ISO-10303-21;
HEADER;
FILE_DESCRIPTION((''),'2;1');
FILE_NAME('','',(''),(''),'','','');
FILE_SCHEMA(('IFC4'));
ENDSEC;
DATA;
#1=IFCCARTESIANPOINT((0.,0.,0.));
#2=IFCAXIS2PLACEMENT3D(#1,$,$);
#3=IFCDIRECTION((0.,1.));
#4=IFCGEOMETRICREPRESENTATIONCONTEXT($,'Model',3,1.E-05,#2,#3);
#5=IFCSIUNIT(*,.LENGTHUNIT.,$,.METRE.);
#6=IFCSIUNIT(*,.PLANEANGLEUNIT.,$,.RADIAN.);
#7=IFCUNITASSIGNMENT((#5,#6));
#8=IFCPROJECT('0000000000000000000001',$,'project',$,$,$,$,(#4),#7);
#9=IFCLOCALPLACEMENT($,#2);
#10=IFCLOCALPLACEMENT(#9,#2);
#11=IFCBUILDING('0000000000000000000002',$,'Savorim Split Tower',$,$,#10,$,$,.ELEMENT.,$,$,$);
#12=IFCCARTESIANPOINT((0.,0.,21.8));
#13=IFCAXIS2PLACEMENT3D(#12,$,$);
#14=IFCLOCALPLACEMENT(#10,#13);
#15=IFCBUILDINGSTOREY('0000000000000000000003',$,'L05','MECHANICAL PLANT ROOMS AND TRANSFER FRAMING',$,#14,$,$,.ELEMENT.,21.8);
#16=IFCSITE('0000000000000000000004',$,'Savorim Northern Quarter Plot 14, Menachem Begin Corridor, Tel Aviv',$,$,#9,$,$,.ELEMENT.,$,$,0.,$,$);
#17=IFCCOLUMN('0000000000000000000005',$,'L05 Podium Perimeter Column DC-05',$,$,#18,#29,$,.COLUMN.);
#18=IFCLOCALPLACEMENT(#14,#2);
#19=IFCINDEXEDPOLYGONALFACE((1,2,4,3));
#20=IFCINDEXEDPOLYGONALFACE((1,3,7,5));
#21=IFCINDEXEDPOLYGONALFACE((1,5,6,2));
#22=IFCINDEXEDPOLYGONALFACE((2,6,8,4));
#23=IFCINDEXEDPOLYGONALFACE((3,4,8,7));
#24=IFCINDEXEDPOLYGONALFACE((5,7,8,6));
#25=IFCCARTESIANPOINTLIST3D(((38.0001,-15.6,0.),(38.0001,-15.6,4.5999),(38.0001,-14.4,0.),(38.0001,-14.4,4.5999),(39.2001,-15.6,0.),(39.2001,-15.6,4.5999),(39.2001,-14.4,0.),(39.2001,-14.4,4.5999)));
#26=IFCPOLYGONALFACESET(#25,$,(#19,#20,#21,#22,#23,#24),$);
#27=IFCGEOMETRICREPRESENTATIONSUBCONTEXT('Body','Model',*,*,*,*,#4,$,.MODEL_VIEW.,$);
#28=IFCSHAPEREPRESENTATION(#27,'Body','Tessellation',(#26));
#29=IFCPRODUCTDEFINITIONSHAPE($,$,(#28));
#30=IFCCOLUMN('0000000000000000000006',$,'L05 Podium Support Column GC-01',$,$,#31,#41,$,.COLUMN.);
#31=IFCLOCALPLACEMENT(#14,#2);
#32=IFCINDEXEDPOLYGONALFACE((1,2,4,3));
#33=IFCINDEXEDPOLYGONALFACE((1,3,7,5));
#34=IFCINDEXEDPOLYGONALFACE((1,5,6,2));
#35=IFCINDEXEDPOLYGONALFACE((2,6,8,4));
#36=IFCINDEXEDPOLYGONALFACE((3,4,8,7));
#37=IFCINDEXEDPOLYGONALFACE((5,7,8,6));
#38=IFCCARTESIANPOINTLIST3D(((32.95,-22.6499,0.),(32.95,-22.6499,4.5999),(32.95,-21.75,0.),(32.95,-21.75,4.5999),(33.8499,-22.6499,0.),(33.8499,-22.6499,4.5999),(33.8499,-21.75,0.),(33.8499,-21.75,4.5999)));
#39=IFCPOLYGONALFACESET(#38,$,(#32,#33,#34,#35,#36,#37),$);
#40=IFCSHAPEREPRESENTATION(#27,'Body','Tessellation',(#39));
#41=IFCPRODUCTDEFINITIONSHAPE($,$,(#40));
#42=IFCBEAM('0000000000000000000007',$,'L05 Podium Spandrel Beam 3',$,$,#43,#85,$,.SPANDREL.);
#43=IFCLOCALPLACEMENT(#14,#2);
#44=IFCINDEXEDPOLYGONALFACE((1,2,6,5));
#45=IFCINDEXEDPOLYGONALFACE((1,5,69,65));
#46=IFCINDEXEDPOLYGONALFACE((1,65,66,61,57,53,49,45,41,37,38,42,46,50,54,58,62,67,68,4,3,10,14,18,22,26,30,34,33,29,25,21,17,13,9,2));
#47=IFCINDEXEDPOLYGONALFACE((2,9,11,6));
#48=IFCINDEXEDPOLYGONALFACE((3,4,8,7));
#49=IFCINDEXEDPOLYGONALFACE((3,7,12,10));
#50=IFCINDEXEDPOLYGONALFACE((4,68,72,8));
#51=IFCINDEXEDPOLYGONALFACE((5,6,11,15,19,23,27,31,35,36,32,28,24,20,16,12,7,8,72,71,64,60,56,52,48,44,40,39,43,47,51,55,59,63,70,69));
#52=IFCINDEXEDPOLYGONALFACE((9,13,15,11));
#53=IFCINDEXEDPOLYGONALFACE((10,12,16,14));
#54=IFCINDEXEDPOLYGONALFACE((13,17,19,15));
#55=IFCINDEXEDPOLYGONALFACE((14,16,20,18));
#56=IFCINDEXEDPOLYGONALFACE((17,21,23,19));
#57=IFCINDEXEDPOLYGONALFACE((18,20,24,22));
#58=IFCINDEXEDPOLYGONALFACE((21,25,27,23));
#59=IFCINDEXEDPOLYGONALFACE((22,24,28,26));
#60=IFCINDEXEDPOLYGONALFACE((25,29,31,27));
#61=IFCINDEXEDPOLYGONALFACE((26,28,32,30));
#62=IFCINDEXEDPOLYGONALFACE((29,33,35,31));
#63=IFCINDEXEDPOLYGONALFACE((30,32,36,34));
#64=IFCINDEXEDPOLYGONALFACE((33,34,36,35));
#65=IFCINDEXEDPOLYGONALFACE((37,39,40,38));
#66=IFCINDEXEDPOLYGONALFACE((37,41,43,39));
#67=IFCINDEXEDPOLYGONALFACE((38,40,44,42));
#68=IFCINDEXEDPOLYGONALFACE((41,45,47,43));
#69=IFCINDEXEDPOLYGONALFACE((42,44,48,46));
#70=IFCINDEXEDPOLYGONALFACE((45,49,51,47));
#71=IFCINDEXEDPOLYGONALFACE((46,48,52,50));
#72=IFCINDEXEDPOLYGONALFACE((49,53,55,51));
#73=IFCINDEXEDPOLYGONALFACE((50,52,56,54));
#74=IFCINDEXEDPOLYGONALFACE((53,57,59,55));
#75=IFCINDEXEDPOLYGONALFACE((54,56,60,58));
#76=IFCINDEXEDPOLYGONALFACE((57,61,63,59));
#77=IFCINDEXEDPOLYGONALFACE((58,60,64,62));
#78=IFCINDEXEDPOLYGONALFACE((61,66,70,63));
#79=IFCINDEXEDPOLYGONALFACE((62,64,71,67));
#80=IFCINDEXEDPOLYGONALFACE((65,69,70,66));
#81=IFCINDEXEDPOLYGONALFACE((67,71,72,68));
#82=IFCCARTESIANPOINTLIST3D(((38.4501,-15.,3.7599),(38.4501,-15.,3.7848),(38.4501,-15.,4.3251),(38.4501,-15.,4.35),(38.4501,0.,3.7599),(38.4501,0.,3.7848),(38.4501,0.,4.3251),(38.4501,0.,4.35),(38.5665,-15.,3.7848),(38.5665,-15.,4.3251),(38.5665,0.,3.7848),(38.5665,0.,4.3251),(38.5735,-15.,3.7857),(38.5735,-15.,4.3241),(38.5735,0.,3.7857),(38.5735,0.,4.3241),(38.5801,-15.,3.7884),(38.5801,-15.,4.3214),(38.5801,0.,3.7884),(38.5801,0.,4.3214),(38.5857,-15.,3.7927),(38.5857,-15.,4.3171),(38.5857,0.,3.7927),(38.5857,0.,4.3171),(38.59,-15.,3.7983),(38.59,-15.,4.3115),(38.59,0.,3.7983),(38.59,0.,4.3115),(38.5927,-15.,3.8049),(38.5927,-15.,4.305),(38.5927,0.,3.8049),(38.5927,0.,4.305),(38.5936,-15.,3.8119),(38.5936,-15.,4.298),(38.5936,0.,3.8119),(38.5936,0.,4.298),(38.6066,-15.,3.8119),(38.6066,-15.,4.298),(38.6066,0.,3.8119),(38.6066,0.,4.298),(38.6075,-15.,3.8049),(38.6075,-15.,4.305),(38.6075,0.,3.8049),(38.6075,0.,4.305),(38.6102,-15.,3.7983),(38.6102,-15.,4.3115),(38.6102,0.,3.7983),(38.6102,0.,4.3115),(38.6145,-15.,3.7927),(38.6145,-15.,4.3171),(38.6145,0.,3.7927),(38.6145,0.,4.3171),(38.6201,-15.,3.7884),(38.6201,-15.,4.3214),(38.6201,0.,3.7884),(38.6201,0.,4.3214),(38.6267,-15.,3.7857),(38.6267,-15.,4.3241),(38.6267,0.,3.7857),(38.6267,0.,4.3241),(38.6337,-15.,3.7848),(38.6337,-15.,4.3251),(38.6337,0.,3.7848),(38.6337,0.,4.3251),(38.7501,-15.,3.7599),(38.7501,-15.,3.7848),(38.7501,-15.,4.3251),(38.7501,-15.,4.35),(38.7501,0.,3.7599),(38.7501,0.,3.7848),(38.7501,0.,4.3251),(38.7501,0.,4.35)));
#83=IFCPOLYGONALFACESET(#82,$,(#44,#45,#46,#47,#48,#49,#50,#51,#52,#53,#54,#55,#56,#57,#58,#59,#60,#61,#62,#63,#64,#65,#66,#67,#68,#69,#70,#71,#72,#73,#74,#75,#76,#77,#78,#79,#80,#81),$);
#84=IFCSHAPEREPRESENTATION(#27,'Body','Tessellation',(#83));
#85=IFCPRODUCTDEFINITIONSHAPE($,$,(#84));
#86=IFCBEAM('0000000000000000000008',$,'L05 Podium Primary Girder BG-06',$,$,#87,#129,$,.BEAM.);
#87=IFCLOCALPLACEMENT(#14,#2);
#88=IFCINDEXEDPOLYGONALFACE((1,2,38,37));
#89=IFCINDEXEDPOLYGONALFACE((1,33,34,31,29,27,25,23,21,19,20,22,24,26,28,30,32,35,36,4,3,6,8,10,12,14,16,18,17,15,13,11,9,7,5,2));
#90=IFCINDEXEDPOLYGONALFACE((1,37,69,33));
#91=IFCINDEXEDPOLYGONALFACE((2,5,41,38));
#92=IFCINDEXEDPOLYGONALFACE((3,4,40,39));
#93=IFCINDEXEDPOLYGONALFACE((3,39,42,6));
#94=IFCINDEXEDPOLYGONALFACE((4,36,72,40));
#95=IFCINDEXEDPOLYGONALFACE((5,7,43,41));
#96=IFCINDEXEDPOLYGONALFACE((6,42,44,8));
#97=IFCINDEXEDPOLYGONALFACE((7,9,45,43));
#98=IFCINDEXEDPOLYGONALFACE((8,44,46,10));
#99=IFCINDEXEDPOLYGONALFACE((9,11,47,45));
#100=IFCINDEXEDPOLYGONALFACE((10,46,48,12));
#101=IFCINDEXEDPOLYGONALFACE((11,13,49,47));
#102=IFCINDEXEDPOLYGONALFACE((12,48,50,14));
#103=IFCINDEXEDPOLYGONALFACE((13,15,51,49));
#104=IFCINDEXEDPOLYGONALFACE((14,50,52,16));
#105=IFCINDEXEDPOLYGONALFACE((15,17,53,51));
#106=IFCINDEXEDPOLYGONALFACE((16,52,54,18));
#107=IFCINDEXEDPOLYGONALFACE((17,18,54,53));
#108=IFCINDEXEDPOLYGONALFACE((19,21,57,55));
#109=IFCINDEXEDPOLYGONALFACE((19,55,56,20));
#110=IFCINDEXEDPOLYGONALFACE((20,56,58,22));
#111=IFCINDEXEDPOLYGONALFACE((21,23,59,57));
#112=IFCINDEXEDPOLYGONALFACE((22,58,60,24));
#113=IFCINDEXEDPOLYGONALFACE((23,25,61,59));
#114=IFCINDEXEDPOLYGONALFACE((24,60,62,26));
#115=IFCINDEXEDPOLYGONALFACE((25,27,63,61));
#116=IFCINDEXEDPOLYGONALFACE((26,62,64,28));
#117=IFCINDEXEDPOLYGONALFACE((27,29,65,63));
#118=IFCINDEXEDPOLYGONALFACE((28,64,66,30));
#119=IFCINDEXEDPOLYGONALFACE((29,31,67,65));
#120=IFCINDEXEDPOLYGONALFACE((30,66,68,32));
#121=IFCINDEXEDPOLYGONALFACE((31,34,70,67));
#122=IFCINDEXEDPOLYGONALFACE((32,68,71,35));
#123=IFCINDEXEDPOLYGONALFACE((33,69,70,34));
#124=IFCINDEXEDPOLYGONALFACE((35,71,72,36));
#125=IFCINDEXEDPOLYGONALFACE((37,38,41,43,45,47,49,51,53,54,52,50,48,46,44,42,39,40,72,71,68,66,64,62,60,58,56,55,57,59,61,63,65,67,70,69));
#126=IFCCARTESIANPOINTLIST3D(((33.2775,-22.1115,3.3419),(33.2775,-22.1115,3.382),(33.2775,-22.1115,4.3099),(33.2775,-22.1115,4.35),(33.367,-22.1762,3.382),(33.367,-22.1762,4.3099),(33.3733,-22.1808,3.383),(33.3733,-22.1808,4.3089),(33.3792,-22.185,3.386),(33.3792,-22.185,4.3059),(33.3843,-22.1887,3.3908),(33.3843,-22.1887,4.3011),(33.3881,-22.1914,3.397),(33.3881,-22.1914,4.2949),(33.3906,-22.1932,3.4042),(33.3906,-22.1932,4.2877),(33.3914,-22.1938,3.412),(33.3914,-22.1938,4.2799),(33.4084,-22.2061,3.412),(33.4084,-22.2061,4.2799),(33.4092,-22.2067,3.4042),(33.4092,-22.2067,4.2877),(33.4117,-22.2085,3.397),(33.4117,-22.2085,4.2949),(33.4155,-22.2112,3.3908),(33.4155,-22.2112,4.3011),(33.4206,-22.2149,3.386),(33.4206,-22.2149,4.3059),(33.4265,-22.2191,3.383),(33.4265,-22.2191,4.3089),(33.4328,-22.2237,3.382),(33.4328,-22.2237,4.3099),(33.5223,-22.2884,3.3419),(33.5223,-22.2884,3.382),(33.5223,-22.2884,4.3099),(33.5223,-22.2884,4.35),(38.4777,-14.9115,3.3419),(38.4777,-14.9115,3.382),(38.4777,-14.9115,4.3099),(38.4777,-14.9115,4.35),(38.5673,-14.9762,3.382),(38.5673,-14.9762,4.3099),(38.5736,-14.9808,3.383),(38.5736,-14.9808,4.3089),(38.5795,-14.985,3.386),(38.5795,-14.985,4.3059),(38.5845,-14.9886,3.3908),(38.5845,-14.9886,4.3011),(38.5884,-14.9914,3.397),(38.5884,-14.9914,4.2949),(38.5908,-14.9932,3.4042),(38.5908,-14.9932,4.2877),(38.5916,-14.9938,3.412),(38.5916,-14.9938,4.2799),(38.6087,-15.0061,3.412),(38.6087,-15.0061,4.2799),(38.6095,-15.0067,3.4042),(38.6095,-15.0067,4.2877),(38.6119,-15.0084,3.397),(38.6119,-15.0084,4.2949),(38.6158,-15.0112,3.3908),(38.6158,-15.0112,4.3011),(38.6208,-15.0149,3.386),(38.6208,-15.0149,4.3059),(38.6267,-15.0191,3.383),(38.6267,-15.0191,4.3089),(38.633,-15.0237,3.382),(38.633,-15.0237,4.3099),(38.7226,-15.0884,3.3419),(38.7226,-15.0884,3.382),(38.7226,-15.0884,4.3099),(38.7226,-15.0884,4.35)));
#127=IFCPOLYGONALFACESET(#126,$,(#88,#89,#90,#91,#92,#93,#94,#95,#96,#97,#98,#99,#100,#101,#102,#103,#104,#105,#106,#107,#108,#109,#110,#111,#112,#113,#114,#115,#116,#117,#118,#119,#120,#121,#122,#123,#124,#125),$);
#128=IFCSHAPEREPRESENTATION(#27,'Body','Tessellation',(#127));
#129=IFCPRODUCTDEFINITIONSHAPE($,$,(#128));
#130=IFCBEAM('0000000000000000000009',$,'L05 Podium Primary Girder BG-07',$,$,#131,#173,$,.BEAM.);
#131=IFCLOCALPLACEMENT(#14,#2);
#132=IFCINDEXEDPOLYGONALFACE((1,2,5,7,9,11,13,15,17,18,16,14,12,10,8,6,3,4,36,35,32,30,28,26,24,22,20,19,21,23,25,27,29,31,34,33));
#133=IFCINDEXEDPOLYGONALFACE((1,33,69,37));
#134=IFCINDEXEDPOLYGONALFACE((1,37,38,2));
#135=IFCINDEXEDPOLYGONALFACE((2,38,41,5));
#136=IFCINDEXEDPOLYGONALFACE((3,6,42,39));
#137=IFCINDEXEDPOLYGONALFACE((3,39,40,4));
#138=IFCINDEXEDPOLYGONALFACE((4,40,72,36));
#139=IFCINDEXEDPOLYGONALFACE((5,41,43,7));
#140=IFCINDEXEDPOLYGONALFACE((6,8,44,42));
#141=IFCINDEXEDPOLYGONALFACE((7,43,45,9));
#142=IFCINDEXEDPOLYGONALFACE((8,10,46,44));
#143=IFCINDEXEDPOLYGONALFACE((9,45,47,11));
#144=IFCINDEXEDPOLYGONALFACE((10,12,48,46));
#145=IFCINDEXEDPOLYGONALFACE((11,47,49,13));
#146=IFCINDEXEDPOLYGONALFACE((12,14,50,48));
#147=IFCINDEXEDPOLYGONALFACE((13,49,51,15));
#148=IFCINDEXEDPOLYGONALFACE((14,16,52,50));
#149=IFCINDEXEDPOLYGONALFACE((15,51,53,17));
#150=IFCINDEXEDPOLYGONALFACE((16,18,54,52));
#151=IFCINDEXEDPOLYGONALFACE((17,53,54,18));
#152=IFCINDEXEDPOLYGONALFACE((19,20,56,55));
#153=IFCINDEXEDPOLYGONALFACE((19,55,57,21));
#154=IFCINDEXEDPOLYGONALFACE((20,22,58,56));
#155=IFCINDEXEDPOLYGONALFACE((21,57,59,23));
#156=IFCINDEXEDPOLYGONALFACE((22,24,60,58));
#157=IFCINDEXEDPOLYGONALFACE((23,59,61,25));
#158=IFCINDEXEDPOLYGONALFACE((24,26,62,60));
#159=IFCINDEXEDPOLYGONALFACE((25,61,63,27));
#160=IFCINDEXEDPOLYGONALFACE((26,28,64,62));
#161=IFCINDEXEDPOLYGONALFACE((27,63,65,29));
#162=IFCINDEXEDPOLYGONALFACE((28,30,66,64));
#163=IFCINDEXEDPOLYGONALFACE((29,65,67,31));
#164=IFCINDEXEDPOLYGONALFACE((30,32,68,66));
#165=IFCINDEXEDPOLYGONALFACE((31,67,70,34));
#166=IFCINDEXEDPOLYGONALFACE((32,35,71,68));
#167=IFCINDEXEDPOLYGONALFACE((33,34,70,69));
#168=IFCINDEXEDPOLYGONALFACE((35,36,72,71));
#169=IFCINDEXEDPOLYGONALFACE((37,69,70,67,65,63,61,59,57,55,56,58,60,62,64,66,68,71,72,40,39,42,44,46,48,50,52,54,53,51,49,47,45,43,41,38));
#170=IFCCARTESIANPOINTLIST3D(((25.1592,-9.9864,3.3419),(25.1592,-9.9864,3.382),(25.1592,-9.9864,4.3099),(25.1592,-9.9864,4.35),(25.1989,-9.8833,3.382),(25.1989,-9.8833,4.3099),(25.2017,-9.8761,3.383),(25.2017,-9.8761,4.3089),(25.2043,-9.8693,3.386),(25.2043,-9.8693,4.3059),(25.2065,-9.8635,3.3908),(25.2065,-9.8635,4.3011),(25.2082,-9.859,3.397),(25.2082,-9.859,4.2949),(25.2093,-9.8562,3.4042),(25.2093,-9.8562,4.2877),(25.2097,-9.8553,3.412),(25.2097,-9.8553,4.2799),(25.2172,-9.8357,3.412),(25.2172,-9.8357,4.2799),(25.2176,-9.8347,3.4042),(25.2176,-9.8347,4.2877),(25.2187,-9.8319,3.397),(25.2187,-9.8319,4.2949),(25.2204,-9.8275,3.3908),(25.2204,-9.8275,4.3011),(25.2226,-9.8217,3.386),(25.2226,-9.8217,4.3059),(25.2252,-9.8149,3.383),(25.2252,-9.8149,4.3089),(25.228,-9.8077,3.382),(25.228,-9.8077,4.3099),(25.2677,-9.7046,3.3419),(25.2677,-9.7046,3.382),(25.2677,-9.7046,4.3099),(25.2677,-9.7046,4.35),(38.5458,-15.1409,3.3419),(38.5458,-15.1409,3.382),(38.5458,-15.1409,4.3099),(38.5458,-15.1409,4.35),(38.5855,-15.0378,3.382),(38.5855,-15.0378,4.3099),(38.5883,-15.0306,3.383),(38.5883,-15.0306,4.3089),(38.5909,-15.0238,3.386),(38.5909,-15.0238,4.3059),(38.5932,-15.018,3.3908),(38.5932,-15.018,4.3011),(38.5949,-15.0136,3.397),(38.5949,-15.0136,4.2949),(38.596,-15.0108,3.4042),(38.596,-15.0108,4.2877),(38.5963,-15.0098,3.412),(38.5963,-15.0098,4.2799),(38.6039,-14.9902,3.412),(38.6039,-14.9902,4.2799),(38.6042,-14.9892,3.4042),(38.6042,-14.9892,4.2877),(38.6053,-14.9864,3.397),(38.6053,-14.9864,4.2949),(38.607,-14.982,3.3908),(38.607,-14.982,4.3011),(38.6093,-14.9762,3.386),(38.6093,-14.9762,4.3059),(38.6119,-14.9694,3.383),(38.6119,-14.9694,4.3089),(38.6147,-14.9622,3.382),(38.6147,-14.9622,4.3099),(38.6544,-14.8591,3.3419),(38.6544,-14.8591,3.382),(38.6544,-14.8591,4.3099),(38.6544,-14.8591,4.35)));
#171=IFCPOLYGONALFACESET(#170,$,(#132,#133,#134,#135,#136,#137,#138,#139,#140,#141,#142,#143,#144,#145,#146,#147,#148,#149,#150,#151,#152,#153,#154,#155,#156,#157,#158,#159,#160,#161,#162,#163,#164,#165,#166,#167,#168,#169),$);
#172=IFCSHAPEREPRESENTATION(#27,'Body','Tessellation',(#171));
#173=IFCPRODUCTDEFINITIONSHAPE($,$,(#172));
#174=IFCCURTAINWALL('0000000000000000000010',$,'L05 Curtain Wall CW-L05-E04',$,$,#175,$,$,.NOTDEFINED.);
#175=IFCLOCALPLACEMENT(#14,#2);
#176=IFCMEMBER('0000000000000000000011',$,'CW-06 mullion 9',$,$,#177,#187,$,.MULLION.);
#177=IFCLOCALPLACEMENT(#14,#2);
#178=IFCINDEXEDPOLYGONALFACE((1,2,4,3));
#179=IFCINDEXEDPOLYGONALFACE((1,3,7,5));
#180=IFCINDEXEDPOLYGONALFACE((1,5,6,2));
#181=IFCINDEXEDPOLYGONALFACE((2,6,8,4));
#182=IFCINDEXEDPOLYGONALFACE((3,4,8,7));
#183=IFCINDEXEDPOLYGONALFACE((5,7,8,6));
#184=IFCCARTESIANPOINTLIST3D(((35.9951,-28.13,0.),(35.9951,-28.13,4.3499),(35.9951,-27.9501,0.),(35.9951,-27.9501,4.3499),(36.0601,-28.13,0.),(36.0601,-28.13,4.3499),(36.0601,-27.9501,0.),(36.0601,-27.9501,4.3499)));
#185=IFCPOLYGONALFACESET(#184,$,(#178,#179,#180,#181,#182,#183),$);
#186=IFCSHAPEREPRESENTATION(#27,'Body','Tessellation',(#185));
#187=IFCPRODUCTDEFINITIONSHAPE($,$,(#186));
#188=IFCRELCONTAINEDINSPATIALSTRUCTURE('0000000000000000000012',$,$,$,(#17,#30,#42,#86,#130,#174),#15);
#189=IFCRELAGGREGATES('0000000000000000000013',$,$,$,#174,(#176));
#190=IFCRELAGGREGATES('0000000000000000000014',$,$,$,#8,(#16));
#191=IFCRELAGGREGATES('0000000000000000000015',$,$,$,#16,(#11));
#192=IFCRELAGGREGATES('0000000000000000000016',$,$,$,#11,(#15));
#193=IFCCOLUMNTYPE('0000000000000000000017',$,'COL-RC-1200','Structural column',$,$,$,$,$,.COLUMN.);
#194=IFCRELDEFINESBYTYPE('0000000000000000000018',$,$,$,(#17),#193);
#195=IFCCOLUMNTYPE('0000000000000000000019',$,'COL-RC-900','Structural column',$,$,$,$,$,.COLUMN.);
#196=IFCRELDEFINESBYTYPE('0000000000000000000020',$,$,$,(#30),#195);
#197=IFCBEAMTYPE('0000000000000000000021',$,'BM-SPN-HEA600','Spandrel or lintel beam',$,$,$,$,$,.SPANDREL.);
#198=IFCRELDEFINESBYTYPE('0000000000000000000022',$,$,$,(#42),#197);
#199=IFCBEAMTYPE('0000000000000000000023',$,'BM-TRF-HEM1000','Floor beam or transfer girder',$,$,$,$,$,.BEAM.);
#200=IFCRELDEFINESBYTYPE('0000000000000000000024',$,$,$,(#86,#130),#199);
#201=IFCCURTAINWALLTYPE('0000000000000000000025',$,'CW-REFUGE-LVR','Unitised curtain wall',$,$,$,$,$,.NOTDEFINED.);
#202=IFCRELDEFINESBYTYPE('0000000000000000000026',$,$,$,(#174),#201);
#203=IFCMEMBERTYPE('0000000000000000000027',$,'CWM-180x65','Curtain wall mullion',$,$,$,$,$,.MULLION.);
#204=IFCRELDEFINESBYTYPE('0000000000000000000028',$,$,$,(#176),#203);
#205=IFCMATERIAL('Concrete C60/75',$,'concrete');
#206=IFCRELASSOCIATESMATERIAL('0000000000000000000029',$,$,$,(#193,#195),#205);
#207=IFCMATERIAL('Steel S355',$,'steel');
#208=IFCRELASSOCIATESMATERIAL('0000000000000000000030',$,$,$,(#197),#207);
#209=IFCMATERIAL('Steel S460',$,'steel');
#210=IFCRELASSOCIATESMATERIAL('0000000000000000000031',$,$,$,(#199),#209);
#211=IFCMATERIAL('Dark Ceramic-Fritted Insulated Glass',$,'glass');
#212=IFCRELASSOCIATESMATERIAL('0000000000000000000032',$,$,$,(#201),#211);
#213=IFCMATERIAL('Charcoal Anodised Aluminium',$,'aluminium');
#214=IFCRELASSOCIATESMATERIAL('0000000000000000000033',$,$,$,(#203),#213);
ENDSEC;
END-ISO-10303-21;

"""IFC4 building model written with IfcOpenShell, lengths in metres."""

from ifc_helpers import new_model, si_unit, direction, frame, origin, origin_2d, place, context, subcontext, project, spatial, rectangle, i_section, extrude, material, material_profile, profile_set, type_object, element, aggregate, save


model = new_model("IFC4")

# Units and contexts
model_context = context("Model", 3, precision=1e-05, world=origin(), true_north=direction((0.0, 1.0)))
body_context = subcontext(model_context, "Body", "Model", "MODEL_VIEW")
ifc_project = project(units=[si_unit("LENGTHUNIT", "METRE"), si_unit("PLANEANGLEUNIT", "RADIAN")], contexts=[model_context])

# Site, building, storey
site_placement = place(None, origin())
site = spatial("IfcSite", under=ifc_project, at=site_placement, Name="Savorim Northern Quarter Plot 14, Menachem Begin Corridor, Tel Aviv", CompositionType="ELEMENT", RefElevation=0.0)
building_placement = place(site_placement, origin())
building = spatial("IfcBuilding", under=site, at=building_placement, Name="Savorim Split Tower", CompositionType="ELEMENT")
storey_placement = place(building_placement, frame((0.0, 0.0, 21.8)))
storey = spatial("IfcBuildingStorey", under=building, at=storey_placement, Name="L05", Description="MECHANICAL PLANT ROOMS AND TRANSFER FRAMING", CompositionType="ELEMENT", Elevation=21.8)

# Columns
ifc_material_1 = material(Name="Concrete C60/75", Category="concrete")
ifc_material_profile_1 = material_profile(ifc_material_1, rectangle(XDim=1.2, YDim=1.2, at=origin_2d()), Name="RC 1200x1200")
ifc_profile_set_1 = profile_set([ifc_material_profile_1], Name="Concrete C60/75")
column_type_1 = type_object("IfcColumnType", Name="COL-RC-1200", Description="Structural column", PredefinedType="COLUMN", material=ifc_profile_set_1)
column_1_placement = place(storey_placement, frame((38.6001, -15.0, 0.0), z_axis=(0.0, 0.0, 1.0), x_axis=(1.0, 0.0, 0.0)))
element("IfcColumn", 1, at=column_1_placement, inside=storey, type_object=column_type_1, Name="L05 Podium Perimeter Column DC-05", PredefinedType="COLUMN", context=body_context, shape_type="SweptSolid", body=[
    extrude(rectangle(XDim=1.2, YDim=1.2, at=origin_2d()), origin(), (0.0, 0.0, 1.0), 4.5999),
])
ifc_material_profile_2 = material_profile(ifc_material_1, rectangle(XDim=0.8999, YDim=0.8999, at=origin_2d()), Name="RC 900x900")
ifc_profile_set_2 = profile_set([ifc_material_profile_2], Name="Concrete C60/75")
column_type_2 = type_object("IfcColumnType", Name="COL-RC-900", Description="Structural column", PredefinedType="COLUMN", material=ifc_profile_set_2)
column_2_placement = place(storey_placement, frame((33.3999, -22.2, 0.0), z_axis=(0.0, 0.0, 1.0), x_axis=(1.0, 0.0, 0.0)))
element("IfcColumn", 2, at=column_2_placement, inside=storey, type_object=column_type_2, Name="L05 Podium Support Column GC-01", PredefinedType="COLUMN", context=body_context, shape_type="SweptSolid", body=[
    extrude(rectangle(XDim=0.8999, YDim=0.8999, at=origin_2d()), origin(), (0.0, 0.0, 1.0), 4.5999),
])

# Beams
ifc_material_2 = material(Name="Steel S355", Category="steel")
ifc_material_profile_3 = material_profile(ifc_material_2, i_section(OverallWidth=0.3, OverallDepth=0.5901, WebThickness=0.0129, FlangeThickness=0.0249, FilletRadius=0.0271, at=origin_2d()), Name="HEA 600")
ifc_profile_set_3 = profile_set([ifc_material_profile_3], Name="Steel S355")
beam_type_1 = type_object("IfcBeamType", Name="BM-SPN-HEA600", Description="Spandrel or lintel beam", PredefinedType="SPANDREL", material=ifc_profile_set_3)
beam_1_placement = place(storey_placement, frame((38.6001, -15.0, 4.0549), z_axis=(0.0, 1.0, 0.0), x_axis=(-1.0, 0.0, 0.0)))
element("IfcBeam", 3, at=beam_1_placement, inside=storey, type_object=beam_type_1, Name="L05 Podium Spandrel Beam 3", PredefinedType="SPANDREL", context=body_context, shape_type="SweptSolid", body=[
    extrude(i_section(OverallWidth=0.3, OverallDepth=0.5901, WebThickness=0.0129, FlangeThickness=0.0249, FilletRadius=0.0271, at=origin_2d()), origin(), (0.0, 0.0, 1.0), 15.0),
])
ifc_material_3 = material(Name="Steel S460", Category="steel")
ifc_material_profile_4 = material_profile(ifc_material_3, i_section(OverallWidth=0.302, OverallDepth=1.0081, WebThickness=0.021, FlangeThickness=0.04, FilletRadius=0.03, at=origin_2d()), Name="HE 1000 M")
ifc_profile_set_4 = profile_set([ifc_material_profile_4], Name="Steel S460")
beam_type_2 = type_object("IfcBeamType", Name="BM-TRF-HEM1000", Description="Floor beam or transfer girder", PredefinedType="BEAM", material=ifc_profile_set_4)
beam_2_placement = place(storey_placement, frame((33.3999, -22.2, 3.8459), z_axis=(0.585508, 0.810667, 0.0), x_axis=(-0.810667, 0.585508, 0.0)))
element("IfcBeam", 4, at=beam_2_placement, inside=storey, type_object=beam_type_2, Name="L05 Podium Primary Girder BG-06", PredefinedType="BEAM", context=body_context, shape_type="SweptSolid", body=[
    extrude(i_section(OverallWidth=0.302, OverallDepth=1.0081, WebThickness=0.021, FlangeThickness=0.04, FilletRadius=0.03, at=origin_2d()), origin(), (0.0, 0.0, 1.0), 8.8816),
])
beam_3_placement = place(storey_placement, frame((38.6001, -15.0, 3.8459), z_axis=(-0.93321, 0.359331, 0.0), x_axis=(-0.359331, -0.93321, 0.0)))
element("IfcBeam", 5, at=beam_3_placement, inside=storey, type_object=beam_type_2, Name="L05 Podium Primary Girder BG-07", PredefinedType="BEAM", context=body_context, shape_type="SweptSolid", body=[
    extrude(i_section(OverallWidth=0.302, OverallDepth=1.0081, WebThickness=0.021, FlangeThickness=0.04, FilletRadius=0.03, at=origin_2d()), origin(), (0.0, 0.0, 1.0), 14.3447),
])

# Curtain wall, member
ifc_material_4 = material(Name="Dark Ceramic-Fritted Insulated Glass", Category="glass")
curtain_wall_type = type_object("IfcCurtainWallType", Name="CW-REFUGE-LVR", Description="Unitised curtain wall", PredefinedType="NOTDEFINED", material=ifc_material_4)
curtain_wall_1_placement = place(storey_placement, origin())
curtain_wall_1 = element("IfcCurtainWall", 6, at=curtain_wall_1_placement, inside=storey, type_object=curtain_wall_type, Name="L05 Curtain Wall CW-L05-E04", PredefinedType="NOTDEFINED")
ifc_material_5 = material(Name="Charcoal Anodised Aluminium", Category="aluminium")
ifc_material_profile_5 = material_profile(ifc_material_5, rectangle(XDim=0.1799, YDim=0.0649, at=origin_2d()), Name="ALU-M 180x65")
ifc_profile_set_5 = profile_set([ifc_material_profile_5], Name="Charcoal Anodised Aluminium")
member_type_1 = type_object("IfcMemberType", Name="CWM-180x65", Description="Curtain wall mullion", PredefinedType="MULLION", material=ifc_profile_set_5)
member_1_placement = place(storey_placement, frame((36.0276, -28.04, 0.0), z_axis=(0.0, 0.0, 1.0), x_axis=(0.0, 1.0, 0.0)))
member_1 = element("IfcMember", 7, at=member_1_placement, type_object=member_type_1, Name="CW-06 mullion 9", PredefinedType="MULLION", context=body_context, shape_type="SweptSolid", body=[
    extrude(rectangle(XDim=0.1799, YDim=0.0649, at=origin_2d()), origin(), (0.0, 0.0, 1.0), 4.3499),
])

aggregate(curtain_wall_1, [member_1])

save(model, "model.ifc")
